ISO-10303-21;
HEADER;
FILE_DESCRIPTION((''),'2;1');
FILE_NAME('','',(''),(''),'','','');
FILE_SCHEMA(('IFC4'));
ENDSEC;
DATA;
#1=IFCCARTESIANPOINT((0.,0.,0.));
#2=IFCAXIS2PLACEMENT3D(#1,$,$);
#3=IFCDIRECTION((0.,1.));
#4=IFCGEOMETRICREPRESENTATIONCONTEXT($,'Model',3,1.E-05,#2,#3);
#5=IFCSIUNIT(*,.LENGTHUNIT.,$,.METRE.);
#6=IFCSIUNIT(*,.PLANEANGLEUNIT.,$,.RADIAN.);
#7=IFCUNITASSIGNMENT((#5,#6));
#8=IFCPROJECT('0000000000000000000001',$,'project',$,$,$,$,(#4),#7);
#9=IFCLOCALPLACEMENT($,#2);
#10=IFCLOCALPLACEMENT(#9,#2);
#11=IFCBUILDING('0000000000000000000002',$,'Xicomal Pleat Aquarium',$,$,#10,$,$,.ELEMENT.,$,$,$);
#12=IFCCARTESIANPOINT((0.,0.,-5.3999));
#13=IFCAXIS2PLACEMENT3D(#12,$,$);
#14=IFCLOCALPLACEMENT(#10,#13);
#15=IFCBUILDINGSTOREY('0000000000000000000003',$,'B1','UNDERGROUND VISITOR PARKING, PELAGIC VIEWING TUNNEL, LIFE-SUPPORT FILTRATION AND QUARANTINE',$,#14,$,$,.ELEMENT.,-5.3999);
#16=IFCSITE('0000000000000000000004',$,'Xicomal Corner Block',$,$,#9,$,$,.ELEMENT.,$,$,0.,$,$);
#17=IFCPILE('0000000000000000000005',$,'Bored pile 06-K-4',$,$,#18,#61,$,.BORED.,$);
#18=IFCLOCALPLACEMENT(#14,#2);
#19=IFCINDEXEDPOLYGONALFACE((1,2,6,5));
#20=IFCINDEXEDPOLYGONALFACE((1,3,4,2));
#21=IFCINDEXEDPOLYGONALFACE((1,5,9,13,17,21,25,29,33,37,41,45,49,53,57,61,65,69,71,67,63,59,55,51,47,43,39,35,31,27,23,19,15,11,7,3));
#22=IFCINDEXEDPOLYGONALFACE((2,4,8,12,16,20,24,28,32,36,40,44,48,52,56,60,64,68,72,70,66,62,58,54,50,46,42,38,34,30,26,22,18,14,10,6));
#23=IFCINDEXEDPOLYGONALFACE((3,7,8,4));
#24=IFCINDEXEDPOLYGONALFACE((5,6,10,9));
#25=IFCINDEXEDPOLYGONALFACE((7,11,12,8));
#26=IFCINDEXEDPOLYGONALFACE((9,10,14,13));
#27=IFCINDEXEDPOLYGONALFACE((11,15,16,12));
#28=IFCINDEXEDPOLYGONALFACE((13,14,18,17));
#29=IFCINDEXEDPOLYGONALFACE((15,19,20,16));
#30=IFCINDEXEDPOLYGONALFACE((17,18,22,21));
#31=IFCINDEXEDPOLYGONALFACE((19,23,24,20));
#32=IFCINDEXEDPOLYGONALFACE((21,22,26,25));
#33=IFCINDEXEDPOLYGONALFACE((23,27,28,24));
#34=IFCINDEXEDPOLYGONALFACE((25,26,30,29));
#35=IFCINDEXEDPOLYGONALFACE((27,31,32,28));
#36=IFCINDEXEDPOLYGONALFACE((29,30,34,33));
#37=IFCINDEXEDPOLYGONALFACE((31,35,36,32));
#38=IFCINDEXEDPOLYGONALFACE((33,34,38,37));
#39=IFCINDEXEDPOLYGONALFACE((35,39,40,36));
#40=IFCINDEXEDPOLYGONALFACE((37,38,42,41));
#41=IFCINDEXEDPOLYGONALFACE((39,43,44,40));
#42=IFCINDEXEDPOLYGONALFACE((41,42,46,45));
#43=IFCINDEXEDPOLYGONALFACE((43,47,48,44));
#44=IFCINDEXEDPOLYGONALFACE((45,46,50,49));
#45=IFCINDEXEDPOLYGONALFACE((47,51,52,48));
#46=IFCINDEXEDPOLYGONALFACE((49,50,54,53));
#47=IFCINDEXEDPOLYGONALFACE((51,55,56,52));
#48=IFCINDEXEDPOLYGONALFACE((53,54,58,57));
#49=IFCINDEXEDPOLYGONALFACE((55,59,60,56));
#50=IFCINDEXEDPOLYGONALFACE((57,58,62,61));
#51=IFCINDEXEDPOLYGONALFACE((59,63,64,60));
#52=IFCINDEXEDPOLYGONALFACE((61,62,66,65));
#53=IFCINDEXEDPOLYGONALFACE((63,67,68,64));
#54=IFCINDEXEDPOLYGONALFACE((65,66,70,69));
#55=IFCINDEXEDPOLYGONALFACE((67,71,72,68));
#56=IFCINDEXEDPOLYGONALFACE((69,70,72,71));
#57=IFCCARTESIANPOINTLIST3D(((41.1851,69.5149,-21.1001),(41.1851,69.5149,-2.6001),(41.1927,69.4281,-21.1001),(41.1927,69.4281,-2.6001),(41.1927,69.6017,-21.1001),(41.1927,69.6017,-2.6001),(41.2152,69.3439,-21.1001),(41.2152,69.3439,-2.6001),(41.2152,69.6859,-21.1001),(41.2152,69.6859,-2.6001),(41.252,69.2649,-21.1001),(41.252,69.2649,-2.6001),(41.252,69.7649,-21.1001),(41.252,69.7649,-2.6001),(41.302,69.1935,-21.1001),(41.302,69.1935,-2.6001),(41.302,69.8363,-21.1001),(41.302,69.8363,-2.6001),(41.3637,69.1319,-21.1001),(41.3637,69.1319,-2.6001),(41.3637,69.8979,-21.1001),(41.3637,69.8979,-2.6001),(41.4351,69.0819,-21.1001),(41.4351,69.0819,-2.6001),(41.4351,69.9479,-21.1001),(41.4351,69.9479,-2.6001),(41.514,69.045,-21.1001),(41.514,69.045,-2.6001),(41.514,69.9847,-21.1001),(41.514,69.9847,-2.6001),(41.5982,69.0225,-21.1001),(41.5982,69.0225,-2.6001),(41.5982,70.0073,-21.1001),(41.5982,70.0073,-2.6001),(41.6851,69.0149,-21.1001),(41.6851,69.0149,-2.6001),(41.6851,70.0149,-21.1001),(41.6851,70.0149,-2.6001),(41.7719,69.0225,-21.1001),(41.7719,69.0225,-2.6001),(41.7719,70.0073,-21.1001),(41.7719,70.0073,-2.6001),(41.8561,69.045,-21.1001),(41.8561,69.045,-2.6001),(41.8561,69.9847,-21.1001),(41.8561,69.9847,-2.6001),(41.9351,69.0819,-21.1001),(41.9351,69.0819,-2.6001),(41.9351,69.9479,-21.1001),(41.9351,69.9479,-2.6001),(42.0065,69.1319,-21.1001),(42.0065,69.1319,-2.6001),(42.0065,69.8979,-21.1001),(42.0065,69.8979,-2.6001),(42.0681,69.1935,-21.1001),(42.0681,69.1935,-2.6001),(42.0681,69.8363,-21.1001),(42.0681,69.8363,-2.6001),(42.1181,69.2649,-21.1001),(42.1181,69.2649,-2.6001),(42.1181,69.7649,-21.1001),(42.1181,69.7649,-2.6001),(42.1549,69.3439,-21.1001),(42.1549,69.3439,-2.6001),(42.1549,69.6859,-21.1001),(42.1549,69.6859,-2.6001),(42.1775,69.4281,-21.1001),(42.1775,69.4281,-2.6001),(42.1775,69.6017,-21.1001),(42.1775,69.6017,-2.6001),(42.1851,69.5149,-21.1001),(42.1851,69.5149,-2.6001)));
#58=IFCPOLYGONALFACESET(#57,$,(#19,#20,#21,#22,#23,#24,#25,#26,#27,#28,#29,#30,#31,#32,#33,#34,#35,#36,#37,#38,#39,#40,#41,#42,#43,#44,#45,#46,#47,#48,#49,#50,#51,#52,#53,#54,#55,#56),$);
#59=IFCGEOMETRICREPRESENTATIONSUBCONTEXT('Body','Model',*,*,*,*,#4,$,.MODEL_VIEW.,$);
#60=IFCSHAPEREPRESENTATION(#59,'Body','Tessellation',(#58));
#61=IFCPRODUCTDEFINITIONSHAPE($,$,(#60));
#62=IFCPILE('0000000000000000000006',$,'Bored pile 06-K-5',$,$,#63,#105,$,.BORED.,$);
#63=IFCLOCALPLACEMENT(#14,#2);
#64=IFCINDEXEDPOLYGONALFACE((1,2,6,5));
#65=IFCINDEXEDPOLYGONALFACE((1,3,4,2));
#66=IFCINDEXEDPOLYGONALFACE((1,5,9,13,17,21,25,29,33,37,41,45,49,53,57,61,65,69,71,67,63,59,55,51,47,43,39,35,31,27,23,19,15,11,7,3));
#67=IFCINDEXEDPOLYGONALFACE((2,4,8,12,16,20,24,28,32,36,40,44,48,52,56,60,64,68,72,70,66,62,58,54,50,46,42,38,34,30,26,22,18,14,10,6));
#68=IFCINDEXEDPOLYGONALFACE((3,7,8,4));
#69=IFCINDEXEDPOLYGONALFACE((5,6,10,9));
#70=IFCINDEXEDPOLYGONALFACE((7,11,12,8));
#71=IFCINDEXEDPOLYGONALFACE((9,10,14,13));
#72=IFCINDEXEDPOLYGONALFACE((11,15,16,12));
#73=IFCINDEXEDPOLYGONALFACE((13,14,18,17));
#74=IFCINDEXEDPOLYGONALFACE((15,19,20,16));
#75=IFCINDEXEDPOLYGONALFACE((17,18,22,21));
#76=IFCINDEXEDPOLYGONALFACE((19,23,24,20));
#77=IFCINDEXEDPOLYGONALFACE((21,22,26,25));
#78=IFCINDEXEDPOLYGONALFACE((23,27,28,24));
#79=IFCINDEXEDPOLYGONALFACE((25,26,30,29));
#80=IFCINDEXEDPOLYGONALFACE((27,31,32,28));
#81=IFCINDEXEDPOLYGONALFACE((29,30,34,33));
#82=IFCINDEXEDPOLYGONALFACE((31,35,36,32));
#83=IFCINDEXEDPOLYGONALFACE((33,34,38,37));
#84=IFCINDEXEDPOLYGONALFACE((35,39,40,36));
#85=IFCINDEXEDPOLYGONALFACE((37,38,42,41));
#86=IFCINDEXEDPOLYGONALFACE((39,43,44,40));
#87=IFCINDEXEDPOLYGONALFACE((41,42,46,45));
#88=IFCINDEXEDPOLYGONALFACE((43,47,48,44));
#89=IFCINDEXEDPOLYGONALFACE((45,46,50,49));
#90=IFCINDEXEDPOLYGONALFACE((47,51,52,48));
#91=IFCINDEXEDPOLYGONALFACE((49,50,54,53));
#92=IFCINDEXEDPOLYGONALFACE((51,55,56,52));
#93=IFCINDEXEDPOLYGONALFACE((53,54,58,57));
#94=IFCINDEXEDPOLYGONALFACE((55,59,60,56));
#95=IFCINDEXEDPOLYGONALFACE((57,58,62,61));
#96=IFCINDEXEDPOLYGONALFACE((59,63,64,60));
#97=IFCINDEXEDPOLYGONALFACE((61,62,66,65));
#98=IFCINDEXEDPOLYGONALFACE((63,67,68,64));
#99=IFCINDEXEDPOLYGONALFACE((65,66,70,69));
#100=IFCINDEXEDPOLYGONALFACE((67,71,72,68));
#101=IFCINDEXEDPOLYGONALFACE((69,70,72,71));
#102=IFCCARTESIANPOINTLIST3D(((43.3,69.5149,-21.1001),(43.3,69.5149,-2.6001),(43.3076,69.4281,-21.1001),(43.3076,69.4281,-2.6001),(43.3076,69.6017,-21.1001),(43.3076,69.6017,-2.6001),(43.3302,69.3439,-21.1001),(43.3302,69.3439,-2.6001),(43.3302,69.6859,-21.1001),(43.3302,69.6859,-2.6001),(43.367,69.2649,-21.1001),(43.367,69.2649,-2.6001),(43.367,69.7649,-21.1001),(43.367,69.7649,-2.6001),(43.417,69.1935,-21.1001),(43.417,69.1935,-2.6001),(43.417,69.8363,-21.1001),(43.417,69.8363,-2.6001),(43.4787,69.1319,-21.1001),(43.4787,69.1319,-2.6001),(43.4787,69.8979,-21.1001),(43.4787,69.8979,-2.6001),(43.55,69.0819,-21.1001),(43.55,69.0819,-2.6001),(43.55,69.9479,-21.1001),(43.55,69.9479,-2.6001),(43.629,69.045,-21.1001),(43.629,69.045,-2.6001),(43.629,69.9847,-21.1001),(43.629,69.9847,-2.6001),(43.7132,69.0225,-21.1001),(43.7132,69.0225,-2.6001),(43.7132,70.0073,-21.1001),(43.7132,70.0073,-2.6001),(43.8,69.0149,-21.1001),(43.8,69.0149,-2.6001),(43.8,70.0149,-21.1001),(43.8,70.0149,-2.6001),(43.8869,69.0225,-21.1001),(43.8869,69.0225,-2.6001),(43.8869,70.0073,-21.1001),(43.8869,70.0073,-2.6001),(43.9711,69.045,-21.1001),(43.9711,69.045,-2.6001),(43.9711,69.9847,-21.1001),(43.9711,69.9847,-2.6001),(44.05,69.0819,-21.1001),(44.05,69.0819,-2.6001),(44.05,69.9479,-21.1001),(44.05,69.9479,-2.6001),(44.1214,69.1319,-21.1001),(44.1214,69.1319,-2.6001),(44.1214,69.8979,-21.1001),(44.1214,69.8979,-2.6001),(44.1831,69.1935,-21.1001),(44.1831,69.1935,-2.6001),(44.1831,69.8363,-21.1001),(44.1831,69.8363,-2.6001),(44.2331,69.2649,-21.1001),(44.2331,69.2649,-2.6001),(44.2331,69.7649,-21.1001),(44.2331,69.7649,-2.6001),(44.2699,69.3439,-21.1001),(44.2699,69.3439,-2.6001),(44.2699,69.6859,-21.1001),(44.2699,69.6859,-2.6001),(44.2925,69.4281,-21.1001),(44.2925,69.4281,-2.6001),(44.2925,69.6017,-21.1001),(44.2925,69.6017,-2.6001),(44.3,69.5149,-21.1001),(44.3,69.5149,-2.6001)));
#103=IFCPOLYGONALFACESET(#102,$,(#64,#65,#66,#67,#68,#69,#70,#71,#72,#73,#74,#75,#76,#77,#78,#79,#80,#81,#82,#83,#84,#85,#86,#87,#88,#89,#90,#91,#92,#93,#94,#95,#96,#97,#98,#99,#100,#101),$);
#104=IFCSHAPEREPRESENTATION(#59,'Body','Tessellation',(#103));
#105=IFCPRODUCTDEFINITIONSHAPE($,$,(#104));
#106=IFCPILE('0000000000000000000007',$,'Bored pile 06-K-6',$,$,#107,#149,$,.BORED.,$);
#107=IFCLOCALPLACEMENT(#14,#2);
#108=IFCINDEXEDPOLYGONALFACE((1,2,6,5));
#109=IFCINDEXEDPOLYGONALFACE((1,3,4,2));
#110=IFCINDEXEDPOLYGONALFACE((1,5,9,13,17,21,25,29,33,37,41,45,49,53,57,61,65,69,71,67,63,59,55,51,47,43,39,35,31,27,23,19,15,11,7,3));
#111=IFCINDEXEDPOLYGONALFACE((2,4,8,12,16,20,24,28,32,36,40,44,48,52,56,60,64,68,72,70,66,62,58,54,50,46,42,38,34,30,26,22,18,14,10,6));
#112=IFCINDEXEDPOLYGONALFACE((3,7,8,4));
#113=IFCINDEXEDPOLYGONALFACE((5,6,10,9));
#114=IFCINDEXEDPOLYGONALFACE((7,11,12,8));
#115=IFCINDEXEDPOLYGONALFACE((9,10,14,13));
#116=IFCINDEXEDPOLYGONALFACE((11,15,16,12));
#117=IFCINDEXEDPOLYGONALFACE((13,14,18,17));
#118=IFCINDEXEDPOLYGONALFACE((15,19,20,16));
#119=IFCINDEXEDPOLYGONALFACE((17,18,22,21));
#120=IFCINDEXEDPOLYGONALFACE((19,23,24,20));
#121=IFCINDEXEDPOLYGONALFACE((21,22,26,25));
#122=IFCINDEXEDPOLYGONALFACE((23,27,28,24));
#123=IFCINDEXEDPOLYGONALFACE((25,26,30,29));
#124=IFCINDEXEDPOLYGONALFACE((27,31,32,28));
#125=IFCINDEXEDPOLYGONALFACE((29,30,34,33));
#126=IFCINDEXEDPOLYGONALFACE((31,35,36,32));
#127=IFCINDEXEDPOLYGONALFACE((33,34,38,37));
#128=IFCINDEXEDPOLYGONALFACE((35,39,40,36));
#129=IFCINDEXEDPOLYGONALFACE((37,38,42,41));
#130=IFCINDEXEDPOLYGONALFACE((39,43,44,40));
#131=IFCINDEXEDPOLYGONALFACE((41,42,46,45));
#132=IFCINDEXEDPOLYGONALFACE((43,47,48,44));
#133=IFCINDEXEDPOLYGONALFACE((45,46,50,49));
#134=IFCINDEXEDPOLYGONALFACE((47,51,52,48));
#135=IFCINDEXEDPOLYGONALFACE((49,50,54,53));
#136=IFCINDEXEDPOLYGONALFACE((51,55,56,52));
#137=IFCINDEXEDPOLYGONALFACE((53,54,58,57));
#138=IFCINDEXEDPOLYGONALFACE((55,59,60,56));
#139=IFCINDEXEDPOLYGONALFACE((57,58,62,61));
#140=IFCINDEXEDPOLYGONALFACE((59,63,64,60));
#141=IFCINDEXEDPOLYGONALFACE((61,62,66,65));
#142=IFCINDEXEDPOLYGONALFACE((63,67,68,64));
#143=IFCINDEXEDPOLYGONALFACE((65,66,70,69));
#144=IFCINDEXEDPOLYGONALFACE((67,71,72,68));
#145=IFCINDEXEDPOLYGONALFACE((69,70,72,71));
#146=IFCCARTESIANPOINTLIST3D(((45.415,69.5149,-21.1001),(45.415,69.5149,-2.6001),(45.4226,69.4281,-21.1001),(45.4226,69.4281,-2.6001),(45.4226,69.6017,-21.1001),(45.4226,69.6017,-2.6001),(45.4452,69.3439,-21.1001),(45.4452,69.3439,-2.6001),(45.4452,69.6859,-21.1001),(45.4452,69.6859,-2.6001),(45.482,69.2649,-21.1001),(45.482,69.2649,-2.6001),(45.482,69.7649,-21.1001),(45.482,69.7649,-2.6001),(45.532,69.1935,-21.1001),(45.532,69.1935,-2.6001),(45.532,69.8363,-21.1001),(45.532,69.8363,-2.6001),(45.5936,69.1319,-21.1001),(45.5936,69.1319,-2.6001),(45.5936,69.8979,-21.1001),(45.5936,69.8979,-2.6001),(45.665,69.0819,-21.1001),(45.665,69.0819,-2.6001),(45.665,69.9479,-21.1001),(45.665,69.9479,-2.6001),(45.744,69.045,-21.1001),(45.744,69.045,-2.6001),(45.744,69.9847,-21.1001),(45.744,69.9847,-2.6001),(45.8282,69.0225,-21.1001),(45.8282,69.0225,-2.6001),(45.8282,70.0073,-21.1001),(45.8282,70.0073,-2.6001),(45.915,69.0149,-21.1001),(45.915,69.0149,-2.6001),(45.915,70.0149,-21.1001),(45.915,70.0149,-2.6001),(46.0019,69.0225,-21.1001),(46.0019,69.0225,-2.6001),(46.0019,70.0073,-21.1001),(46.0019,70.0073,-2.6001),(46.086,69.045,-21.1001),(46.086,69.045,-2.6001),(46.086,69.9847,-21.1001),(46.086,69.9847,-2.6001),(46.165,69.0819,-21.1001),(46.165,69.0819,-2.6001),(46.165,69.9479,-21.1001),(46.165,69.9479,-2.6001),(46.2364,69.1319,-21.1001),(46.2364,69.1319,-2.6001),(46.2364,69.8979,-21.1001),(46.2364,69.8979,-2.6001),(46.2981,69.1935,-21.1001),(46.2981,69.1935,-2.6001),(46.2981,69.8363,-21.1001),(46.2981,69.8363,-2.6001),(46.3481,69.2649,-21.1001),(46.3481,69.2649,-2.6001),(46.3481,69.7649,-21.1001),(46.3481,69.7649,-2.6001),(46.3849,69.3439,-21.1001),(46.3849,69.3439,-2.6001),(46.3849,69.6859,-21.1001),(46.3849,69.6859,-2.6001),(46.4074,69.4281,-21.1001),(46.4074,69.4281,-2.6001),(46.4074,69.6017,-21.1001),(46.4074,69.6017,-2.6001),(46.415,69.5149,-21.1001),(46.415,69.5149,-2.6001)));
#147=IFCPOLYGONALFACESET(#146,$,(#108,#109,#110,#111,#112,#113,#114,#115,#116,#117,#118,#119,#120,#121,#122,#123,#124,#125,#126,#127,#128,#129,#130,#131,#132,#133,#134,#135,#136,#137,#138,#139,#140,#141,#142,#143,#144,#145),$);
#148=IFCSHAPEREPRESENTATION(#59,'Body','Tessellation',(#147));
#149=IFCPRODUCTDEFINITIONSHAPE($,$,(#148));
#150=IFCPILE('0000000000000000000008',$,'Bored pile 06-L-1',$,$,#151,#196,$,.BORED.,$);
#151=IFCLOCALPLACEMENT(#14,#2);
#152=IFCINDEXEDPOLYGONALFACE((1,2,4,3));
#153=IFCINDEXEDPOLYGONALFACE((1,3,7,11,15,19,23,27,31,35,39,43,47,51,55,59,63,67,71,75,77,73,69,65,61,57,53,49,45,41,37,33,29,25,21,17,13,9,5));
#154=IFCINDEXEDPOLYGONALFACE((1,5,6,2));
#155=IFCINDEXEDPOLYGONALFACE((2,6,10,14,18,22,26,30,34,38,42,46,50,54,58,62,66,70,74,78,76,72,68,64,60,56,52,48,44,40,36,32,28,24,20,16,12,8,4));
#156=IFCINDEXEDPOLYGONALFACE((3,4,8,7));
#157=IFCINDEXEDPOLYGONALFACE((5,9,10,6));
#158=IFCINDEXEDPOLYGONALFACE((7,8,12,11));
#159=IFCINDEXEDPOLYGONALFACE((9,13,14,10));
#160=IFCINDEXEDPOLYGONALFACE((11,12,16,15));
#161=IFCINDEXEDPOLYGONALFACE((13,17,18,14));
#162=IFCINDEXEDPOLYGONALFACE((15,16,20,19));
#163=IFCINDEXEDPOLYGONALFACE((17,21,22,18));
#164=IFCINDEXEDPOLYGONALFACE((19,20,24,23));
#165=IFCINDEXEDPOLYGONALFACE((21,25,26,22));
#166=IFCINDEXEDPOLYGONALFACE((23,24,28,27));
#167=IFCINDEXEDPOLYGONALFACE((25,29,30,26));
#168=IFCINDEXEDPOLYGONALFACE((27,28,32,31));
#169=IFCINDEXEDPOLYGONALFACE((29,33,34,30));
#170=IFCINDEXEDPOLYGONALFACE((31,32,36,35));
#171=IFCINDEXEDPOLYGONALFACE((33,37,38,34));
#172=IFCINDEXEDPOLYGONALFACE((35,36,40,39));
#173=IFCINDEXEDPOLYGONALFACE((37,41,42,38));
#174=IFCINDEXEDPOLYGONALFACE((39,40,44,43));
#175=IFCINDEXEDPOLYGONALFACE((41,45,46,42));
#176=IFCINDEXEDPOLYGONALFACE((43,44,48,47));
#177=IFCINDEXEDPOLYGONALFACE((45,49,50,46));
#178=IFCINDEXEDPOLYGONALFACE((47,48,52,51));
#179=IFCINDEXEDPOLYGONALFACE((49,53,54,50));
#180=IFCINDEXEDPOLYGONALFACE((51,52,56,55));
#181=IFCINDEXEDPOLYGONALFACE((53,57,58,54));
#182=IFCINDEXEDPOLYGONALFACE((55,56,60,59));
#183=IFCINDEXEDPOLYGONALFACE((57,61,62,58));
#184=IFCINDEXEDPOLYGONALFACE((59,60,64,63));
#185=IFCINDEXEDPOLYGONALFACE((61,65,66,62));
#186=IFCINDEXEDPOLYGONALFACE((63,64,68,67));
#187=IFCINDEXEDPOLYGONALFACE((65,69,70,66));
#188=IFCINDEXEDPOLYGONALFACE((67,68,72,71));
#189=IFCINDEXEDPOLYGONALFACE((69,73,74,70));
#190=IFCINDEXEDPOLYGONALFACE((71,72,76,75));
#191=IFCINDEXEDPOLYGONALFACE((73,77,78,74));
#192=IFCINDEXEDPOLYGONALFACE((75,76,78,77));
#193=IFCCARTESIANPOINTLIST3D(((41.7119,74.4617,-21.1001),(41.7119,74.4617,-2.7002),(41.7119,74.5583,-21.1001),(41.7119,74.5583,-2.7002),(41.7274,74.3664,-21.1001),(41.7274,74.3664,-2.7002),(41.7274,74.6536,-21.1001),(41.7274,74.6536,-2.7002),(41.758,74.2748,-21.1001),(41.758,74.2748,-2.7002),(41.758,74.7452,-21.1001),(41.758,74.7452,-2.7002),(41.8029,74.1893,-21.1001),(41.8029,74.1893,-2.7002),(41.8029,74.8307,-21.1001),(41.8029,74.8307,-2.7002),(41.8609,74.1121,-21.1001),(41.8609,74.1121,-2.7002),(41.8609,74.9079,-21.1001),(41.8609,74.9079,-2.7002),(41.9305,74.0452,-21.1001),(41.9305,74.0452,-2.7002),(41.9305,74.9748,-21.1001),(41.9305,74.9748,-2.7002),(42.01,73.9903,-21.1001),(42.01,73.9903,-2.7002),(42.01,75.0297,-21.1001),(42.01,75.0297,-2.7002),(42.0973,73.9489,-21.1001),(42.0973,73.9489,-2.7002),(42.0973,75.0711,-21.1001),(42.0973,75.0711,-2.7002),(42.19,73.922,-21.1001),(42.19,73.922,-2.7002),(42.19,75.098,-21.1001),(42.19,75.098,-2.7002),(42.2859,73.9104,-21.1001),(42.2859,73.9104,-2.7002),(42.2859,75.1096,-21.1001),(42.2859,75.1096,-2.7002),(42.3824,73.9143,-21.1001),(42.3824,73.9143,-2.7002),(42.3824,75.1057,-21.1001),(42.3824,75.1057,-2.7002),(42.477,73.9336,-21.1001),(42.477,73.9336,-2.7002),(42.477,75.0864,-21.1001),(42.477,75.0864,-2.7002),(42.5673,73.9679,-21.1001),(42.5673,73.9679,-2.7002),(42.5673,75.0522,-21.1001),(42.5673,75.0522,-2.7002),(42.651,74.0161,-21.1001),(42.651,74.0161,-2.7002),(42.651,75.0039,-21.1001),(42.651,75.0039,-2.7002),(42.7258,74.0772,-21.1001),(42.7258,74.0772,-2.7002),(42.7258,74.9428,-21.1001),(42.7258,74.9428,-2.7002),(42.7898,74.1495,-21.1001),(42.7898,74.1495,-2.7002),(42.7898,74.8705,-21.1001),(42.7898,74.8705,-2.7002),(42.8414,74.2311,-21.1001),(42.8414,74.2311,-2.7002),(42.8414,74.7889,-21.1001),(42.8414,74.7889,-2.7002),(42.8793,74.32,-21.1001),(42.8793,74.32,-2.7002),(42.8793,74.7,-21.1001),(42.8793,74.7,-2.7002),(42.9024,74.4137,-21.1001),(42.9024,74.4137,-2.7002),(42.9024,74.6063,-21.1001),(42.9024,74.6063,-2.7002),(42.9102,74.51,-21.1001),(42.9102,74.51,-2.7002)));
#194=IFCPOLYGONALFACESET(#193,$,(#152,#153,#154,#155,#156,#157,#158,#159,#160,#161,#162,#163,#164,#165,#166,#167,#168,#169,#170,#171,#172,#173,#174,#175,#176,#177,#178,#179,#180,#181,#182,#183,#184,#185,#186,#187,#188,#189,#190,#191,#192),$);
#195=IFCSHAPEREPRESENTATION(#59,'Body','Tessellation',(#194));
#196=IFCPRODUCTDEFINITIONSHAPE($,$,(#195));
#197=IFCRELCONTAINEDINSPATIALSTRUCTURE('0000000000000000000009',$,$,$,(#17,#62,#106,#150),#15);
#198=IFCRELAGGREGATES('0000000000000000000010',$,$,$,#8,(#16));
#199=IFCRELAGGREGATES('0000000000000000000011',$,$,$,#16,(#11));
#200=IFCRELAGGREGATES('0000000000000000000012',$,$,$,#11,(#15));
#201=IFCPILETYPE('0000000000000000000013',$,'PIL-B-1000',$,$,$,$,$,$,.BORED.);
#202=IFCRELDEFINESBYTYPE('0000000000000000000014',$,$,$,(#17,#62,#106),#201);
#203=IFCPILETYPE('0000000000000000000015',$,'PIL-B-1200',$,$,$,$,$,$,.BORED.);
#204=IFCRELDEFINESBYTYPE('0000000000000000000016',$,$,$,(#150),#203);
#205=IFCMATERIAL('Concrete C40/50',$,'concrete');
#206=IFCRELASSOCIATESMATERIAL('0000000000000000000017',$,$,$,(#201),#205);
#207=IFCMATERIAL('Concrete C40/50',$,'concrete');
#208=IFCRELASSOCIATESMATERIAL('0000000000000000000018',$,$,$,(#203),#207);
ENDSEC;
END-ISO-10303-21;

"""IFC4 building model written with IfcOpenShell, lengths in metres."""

from ifc_helpers import new_model, si_unit, direction, frame, origin, origin_2d, place, context, subcontext, project, spatial, circle, extrude, material, material_profile, profile_set, type_object, element, save


model = new_model("IFC4")

# Units and contexts
model_context = context("Model", 3, precision=1e-05, world=origin(), true_north=direction((0.0, 1.0)))
body_context = subcontext(model_context, "Body", "Model", "MODEL_VIEW")
ifc_project = project(units=[si_unit("LENGTHUNIT", "METRE"), si_unit("PLANEANGLEUNIT", "RADIAN")], contexts=[model_context])

# Site, building, storey
site_placement = place(None, origin())
site = spatial("IfcSite", under=ifc_project, at=site_placement, Name="Xicomal Corner Block", CompositionType="ELEMENT", RefElevation=0.0)
building_placement = place(site_placement, origin())
building = spatial("IfcBuilding", under=site, at=building_placement, Name="Xicomal Pleat Aquarium", CompositionType="ELEMENT")
storey_placement = place(building_placement, frame((0.0, 0.0, -5.3999)))
storey = spatial("IfcBuildingStorey", under=building, at=storey_placement, Name="B1", Description="UNDERGROUND VISITOR PARKING, PELAGIC VIEWING TUNNEL, LIFE-SUPPORT FILTRATION AND QUARANTINE", CompositionType="ELEMENT", Elevation=-5.3999)

# Piles
ifc_material_1 = material(Name="Concrete C40/50", Category="concrete")
ifc_material_profile_1 = material_profile(ifc_material_1, circle(Radius=0.5, at=origin_2d()), Name="BORED PILE D1000")
ifc_profile_set_1 = profile_set([ifc_material_profile_1], Name="Concrete C40/50")
pile_type_1 = type_object("IfcPileType", Name="PIL-B-1000", PredefinedType="BORED", material=ifc_profile_set_1)
for number, where, z_axis, x_axis, name in (
    (1, (41.6851, 69.5149, -2.6001), (0.0, 0.0, -1.0), (1.0, 0.0, 0.0), "Bored pile 06-K-4"),
    (2, (43.8, 69.5149, -2.6001), (0.0, 0.0, -1.0), (1.0, 0.0, 0.0), "Bored pile 06-K-5"),
    (3, (45.915, 69.5149, -2.6001), (0.0, 0.0, -1.0), (1.0, 0.0, 0.0), "Bored pile 06-K-6"),
):
    element("IfcPile", number, at=place(storey_placement, frame(where, z_axis=z_axis, x_axis=x_axis)), inside=storey, type_object=pile_type_1, Name=name, PredefinedType="BORED", context=body_context, shape_type="SweptSolid", body=[
        extrude(circle(Radius=0.5, at=origin_2d()), origin(), (0.0, 0.0, 1.0), 18.5),
    ])
ifc_material_2 = material(Name="Concrete C40/50", Category="concrete")
ifc_material_profile_2 = material_profile(ifc_material_2, circle(Radius=0.6001, at=origin_2d()), Name="BORED PILE D1200")
ifc_profile_set_2 = profile_set([ifc_material_profile_2], Name="Concrete C40/50")
pile_type_2 = type_object("IfcPileType", Name="PIL-B-1200", PredefinedType="BORED", material=ifc_profile_set_2)
for number, where, z_axis, x_axis, name in (
    (4, (42.3101, 74.51, -2.7002), (0.0, 0.0, -1.0), (1.0, 0.0, 0.0), "Bored pile 06-L-1"),
):
    element("IfcPile", number, at=place(storey_placement, frame(where, z_axis=z_axis, x_axis=x_axis)), inside=storey, type_object=pile_type_2, Name=name, PredefinedType="BORED", context=body_context, shape_type="SweptSolid", body=[
        extrude(circle(Radius=0.6001, at=origin_2d()), origin(), (0.0, 0.0, 1.0), 18.3999),
    ])

save(model, "model.ifc")
